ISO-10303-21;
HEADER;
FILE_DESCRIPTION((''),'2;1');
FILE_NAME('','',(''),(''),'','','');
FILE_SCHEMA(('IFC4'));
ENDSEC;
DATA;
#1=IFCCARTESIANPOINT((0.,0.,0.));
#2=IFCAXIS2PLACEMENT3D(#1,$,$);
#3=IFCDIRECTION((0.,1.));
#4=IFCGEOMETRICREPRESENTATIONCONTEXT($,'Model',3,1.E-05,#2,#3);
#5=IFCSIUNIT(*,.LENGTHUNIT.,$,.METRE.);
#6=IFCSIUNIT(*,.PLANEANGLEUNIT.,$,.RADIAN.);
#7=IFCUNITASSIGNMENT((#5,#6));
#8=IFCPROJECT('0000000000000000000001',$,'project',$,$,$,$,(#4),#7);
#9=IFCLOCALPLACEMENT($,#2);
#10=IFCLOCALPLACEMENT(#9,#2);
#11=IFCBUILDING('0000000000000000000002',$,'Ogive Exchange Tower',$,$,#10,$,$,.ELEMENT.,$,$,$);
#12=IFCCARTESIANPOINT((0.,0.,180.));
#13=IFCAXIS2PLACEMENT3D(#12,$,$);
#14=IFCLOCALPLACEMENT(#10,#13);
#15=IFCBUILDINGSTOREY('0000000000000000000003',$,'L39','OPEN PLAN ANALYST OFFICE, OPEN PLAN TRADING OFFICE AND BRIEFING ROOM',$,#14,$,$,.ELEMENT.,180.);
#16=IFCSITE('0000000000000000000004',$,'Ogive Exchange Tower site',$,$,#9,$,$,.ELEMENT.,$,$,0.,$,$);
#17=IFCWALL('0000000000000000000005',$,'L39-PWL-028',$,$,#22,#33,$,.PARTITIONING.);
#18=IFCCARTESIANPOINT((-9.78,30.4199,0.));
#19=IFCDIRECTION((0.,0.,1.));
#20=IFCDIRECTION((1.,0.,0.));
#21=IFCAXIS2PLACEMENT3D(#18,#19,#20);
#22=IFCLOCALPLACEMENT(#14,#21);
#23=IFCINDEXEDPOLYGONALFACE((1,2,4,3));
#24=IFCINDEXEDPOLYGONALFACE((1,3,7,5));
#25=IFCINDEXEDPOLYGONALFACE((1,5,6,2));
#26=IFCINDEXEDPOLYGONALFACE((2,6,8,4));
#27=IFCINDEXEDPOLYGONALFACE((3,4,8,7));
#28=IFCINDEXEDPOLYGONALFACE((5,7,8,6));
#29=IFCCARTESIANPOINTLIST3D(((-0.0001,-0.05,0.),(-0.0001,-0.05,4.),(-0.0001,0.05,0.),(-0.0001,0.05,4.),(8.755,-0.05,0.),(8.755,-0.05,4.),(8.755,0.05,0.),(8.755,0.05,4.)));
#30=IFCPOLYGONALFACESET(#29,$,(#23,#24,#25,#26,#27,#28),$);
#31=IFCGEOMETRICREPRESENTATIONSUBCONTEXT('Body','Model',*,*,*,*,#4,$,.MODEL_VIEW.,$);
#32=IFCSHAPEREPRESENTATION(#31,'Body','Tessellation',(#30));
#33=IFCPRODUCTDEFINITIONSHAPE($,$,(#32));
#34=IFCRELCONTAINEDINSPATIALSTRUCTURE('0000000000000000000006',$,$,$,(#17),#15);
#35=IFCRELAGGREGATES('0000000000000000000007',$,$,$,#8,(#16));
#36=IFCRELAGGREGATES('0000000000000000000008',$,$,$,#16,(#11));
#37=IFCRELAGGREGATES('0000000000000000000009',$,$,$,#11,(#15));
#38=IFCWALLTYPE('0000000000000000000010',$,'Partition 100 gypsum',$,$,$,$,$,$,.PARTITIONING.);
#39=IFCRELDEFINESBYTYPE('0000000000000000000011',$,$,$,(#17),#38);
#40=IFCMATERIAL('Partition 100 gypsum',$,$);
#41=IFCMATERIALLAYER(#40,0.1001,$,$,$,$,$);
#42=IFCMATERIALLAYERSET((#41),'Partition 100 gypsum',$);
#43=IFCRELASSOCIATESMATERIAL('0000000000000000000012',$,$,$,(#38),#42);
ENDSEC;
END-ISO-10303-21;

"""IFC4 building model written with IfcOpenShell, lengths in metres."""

from ifc_helpers import new_model, si_unit, direction, frame, frame_2d, origin, place, context, subcontext, project, spatial, rectangle, extrude, material, layer, layer_set, type_object, element, save


model = new_model("IFC4")

# Units and contexts
model_context = context("Model", 3, precision=1e-05, world=origin(), true_north=direction((0.0, 1.0)))
body_context = subcontext(model_context, "Body", "Model", "MODEL_VIEW")
ifc_project = project(units=[si_unit("LENGTHUNIT", "METRE"), si_unit("PLANEANGLEUNIT", "RADIAN")], contexts=[model_context])

# Site, building, storey
site_placement = place(None, origin())
site = spatial("IfcSite", under=ifc_project, at=site_placement, Name="Ogive Exchange Tower site", CompositionType="ELEMENT", RefElevation=0.0)
building_placement = place(site_placement, origin())
building = spatial("IfcBuilding", under=site, at=building_placement, Name="Ogive Exchange Tower", CompositionType="ELEMENT")
storey_placement = place(building_placement, frame((0.0, 0.0, 180.0)))
storey = spatial("IfcBuildingStorey", under=building, at=storey_placement, Name="L39", Description="OPEN PLAN ANALYST OFFICE, OPEN PLAN TRADING OFFICE AND BRIEFING ROOM", CompositionType="ELEMENT", Elevation=180.0)

# Shared definitions
ifc_material_1 = material(Name="Partition 100 gypsum")
ifc_layer_1 = layer(ifc_material_1, 0.1001)
ifc_layer_set_1 = layer_set([ifc_layer_1], Name="Partition 100 gypsum")
wall_type_1 = type_object("IfcWallType", Name="Partition 100 gypsum", PredefinedType="PARTITIONING", material=ifc_layer_set_1)

# Wall
wall_1_placement = place(storey_placement, frame((-9.78, 30.4199, 0.0), z_axis=(0.0, 0.0, 1.0), x_axis=(1.0, 0.0, 0.0)))
element("IfcWall", 1, at=wall_1_placement, inside=storey, type_object=wall_type_1, Name="L39-PWL-028", PredefinedType="PARTITIONING", context=body_context, shape_type="SweptSolid", body=[
    extrude(rectangle(XDim=8.7551, YDim=0.1001, at=frame_2d((4.3774, 0.0))), origin(), (0.0, 0.0, 1.0), 4.0),
])

save(model, "model.ifc")
